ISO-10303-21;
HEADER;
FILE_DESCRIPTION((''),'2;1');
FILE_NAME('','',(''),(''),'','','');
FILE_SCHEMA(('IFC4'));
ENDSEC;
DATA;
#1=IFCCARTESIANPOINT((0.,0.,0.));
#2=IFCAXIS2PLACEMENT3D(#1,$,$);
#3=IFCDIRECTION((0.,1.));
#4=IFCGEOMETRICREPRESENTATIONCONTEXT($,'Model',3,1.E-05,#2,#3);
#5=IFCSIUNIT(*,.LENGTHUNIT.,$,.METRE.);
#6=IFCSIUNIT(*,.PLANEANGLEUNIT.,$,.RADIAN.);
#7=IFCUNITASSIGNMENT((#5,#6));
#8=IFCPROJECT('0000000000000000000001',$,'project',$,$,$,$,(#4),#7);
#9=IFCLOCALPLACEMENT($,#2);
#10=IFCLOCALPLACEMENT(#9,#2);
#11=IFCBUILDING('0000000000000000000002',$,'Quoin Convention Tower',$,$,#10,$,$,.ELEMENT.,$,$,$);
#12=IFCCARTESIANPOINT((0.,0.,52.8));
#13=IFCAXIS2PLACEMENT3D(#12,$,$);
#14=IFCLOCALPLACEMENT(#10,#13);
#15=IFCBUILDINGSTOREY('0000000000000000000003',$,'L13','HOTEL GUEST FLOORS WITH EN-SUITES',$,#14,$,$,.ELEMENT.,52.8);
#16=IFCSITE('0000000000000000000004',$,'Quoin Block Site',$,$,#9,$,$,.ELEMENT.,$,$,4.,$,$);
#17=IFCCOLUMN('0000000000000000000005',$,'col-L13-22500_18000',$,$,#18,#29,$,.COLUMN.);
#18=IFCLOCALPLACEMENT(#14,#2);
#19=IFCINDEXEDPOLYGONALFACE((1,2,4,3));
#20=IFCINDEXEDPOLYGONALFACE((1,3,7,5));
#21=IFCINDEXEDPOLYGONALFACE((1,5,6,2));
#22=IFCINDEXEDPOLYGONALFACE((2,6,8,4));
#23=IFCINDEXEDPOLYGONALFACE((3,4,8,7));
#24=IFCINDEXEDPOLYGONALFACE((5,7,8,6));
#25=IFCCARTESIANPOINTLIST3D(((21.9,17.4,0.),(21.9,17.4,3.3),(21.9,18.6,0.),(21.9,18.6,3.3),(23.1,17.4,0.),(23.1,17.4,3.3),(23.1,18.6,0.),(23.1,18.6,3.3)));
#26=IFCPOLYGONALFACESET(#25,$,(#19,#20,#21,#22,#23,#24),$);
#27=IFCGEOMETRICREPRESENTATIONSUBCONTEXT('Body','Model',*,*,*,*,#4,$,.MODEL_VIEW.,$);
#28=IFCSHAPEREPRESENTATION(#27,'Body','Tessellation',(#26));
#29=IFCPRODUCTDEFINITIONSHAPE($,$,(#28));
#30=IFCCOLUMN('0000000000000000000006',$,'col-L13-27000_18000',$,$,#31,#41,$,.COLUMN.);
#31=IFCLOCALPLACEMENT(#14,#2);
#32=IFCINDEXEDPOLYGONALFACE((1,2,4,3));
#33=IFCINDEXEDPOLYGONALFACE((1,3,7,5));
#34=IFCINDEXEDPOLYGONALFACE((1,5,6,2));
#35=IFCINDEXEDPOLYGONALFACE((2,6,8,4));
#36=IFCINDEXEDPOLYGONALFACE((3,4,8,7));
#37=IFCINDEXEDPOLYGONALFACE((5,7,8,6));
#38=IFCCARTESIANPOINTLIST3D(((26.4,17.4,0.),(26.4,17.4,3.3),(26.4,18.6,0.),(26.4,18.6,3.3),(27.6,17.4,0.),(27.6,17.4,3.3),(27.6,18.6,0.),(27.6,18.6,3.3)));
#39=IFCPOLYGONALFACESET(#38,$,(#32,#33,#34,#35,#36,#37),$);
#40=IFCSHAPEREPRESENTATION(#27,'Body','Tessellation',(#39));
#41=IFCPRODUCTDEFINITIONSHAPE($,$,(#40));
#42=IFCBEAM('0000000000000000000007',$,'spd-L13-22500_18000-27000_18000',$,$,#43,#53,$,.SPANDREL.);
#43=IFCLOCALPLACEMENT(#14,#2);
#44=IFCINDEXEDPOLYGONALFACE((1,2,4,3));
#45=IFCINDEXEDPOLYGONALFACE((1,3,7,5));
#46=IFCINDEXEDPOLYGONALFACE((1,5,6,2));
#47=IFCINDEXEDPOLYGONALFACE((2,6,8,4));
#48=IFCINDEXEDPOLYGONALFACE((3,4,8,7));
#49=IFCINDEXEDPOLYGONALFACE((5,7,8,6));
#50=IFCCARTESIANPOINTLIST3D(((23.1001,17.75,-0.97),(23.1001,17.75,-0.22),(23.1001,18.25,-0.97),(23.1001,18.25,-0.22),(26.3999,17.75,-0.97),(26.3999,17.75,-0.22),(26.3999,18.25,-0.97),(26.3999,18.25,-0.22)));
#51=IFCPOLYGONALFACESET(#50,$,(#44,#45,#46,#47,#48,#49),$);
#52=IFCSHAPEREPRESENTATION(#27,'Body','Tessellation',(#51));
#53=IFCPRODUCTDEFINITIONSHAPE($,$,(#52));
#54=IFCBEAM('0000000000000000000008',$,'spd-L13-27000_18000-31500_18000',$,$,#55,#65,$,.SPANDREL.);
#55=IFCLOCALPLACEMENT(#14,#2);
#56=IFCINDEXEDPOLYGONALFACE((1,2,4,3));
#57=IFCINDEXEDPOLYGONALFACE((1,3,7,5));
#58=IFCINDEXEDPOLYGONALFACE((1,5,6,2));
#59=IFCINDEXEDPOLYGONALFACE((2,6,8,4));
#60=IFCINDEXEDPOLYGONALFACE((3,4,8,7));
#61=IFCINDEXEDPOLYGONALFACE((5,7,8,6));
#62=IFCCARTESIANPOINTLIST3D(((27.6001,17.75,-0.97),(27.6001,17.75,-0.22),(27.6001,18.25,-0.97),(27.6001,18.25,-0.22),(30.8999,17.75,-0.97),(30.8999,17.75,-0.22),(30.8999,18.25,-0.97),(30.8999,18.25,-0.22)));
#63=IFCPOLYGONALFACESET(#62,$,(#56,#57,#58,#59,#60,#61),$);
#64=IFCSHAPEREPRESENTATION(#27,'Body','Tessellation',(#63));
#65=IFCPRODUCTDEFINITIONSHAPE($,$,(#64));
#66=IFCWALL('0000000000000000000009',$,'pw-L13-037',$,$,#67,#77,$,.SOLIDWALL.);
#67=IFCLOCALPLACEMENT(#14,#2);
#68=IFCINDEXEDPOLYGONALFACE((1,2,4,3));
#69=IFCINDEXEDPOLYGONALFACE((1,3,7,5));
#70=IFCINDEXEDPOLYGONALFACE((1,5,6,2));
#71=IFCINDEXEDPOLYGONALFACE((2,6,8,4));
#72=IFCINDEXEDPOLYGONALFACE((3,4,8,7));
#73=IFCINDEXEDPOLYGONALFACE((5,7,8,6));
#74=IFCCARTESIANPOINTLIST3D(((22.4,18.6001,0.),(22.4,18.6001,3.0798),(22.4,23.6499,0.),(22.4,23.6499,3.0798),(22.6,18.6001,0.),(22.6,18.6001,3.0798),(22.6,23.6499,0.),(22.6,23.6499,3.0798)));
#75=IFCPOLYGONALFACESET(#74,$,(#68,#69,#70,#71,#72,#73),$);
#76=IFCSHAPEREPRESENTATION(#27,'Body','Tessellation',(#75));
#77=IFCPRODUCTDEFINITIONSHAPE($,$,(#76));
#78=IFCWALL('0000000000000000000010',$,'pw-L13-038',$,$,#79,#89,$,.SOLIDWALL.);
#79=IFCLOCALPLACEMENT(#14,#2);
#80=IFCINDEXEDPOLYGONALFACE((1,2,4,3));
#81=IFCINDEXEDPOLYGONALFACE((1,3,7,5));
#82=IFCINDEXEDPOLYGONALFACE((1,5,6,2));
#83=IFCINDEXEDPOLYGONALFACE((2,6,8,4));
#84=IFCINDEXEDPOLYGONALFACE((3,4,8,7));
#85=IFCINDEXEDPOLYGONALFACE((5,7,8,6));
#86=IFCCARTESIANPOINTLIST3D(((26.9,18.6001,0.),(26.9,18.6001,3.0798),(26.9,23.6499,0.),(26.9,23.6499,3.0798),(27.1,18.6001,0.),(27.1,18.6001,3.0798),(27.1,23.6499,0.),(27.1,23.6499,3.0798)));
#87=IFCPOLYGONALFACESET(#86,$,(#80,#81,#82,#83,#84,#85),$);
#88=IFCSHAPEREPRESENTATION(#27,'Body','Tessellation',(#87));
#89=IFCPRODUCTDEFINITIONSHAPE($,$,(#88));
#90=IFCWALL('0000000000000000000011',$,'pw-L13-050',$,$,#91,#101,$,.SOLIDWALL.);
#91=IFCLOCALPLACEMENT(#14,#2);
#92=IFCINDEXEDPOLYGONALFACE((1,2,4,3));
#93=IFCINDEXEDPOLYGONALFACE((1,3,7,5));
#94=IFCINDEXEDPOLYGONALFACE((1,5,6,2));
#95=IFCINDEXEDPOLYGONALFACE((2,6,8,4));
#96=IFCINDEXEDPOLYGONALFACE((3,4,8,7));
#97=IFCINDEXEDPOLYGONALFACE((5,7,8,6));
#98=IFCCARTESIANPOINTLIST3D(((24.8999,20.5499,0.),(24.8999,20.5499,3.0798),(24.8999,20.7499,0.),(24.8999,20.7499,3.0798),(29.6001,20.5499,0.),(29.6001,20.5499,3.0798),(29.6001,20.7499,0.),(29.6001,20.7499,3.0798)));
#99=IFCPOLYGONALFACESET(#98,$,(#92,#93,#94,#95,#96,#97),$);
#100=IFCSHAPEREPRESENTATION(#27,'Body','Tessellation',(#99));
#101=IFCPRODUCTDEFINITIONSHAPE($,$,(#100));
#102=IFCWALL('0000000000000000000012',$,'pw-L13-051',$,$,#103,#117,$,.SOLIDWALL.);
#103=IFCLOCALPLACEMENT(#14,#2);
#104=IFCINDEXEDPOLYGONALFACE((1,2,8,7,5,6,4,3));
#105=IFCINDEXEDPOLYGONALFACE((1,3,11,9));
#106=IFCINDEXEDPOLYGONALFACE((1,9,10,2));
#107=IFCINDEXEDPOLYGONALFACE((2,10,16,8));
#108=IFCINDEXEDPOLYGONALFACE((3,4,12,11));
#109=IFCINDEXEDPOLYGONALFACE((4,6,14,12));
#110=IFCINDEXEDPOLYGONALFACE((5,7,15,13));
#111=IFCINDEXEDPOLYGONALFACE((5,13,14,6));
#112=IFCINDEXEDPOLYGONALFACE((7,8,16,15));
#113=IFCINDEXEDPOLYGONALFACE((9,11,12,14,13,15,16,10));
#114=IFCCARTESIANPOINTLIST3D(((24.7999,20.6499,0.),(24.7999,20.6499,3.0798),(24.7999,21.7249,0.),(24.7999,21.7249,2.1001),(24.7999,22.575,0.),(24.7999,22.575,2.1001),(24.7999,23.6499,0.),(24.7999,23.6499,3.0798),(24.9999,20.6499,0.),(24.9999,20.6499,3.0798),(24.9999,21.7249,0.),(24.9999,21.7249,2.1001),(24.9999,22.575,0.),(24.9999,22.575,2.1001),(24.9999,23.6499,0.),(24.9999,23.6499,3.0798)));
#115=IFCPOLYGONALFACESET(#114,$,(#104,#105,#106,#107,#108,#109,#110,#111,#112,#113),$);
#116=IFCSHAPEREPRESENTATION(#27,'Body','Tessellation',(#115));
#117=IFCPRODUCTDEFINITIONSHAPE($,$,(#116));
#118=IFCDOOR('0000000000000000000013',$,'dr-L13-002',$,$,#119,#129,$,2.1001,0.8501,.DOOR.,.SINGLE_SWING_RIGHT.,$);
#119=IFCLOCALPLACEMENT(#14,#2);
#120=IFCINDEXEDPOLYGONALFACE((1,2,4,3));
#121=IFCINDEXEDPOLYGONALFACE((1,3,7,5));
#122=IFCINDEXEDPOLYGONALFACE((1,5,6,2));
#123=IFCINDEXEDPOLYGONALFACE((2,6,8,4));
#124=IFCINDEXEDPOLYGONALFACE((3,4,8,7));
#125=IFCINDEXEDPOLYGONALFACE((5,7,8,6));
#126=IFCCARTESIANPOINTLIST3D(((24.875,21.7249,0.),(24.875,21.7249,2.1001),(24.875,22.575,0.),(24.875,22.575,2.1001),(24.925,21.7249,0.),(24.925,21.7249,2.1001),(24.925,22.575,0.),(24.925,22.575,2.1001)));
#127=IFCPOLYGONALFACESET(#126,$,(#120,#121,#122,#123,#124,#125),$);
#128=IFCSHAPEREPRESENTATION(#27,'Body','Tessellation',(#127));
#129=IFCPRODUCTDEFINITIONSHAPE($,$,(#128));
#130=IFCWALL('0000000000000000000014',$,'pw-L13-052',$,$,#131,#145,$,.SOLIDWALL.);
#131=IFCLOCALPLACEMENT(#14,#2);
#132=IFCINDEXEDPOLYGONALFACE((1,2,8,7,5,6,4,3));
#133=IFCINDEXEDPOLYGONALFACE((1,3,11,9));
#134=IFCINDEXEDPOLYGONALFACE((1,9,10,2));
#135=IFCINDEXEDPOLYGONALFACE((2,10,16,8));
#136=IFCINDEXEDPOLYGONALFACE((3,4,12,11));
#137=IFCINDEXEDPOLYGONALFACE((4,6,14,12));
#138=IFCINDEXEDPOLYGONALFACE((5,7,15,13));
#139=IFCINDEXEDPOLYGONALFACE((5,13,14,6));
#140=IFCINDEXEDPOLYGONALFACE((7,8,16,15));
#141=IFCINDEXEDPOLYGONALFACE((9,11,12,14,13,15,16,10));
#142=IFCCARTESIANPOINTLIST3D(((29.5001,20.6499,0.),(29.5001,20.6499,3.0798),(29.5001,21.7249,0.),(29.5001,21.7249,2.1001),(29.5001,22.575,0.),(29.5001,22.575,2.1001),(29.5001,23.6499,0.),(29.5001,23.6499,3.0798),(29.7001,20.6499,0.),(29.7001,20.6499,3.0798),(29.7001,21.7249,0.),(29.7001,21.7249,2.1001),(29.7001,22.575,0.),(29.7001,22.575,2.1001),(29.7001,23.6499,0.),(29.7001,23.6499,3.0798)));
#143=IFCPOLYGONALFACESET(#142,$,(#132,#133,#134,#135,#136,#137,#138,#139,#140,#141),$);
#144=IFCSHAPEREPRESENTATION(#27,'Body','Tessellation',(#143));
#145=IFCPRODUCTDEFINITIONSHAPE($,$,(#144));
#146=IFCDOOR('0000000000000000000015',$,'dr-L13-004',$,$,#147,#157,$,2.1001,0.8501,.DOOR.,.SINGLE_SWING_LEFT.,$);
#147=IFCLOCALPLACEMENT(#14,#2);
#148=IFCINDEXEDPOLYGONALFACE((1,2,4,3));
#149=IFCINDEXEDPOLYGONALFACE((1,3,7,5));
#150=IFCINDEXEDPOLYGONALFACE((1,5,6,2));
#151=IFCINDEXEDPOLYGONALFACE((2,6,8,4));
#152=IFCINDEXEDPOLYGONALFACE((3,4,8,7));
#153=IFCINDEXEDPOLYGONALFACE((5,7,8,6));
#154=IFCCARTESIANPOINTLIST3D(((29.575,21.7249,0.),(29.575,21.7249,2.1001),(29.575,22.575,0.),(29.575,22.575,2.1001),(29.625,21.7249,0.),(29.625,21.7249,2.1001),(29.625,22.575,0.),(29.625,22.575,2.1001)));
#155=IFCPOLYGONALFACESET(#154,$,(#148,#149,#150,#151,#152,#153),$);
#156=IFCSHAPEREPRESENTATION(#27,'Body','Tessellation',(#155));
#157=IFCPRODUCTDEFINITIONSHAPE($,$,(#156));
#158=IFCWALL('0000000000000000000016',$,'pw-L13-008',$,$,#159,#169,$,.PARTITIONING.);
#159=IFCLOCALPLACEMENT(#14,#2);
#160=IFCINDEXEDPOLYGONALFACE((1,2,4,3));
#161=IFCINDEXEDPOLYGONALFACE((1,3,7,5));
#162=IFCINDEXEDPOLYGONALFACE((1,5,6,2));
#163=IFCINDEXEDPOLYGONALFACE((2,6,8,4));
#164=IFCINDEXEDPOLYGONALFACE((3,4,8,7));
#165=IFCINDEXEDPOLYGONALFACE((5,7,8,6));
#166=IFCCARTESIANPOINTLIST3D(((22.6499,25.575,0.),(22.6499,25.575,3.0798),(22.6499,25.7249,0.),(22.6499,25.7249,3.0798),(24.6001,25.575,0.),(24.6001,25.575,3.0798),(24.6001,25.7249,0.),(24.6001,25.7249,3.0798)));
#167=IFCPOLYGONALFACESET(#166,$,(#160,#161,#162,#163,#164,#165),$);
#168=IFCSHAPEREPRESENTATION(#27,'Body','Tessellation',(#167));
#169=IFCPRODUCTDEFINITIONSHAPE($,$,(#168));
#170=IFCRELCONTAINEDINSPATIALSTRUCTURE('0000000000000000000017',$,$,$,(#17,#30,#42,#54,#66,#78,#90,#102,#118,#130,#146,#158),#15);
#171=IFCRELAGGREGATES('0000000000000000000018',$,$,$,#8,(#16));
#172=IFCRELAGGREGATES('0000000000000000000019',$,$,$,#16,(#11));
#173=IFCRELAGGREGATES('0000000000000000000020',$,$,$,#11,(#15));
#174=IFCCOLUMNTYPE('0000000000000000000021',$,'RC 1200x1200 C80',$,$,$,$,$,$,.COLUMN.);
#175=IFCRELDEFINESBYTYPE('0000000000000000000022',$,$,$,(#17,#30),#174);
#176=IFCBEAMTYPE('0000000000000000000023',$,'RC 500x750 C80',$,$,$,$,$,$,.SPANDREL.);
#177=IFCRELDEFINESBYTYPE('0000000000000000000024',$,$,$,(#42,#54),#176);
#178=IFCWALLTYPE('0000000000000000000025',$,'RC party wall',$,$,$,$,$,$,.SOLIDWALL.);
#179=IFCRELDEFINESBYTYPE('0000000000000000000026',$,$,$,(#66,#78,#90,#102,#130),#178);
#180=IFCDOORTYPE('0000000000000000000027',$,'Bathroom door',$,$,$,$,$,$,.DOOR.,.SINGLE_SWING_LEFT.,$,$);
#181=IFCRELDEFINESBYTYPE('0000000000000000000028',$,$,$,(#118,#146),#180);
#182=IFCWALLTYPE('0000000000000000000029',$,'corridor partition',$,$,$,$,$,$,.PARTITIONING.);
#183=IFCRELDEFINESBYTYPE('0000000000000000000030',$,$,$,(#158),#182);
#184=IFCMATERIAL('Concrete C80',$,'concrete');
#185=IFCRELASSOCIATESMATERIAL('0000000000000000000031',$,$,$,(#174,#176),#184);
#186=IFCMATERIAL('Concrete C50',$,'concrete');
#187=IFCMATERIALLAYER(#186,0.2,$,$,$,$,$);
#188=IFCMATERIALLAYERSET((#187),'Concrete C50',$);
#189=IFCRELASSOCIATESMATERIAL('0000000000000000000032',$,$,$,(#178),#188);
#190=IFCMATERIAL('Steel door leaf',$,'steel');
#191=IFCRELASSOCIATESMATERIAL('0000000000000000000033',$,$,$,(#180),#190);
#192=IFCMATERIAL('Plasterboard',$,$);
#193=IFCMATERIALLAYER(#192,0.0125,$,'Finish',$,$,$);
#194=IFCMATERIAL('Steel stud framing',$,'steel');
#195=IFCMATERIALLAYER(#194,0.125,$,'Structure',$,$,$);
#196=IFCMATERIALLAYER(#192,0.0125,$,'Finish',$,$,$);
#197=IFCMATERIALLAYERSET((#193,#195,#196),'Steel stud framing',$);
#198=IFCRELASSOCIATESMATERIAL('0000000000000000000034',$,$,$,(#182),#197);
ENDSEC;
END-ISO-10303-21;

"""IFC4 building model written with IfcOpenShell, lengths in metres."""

from ifc_helpers import new_model, si_unit, direction, frame, frame_2d, origin, origin_2d, place, context, subcontext, project, spatial, rectangle, extrude, material, layer, layer_set, material_profile, profile_set, type_object, element, fill, save


model = new_model("IFC4")

# Units and contexts
model_context = context("Model", 3, precision=1e-05, world=origin(), true_north=direction((0.0, 1.0)))
body_context = subcontext(model_context, "Body", "Model", "MODEL_VIEW")
ifc_project = project(units=[si_unit("LENGTHUNIT", "METRE"), si_unit("PLANEANGLEUNIT", "RADIAN")], contexts=[model_context])

# Site, building, storey
site_placement = place(None, origin())
site = spatial("IfcSite", under=ifc_project, at=site_placement, Name="Quoin Block Site", CompositionType="ELEMENT", RefElevation=4.0)
building_placement = place(site_placement, origin())
building = spatial("IfcBuilding", under=site, at=building_placement, Name="Quoin Convention Tower", CompositionType="ELEMENT")
storey_placement = place(building_placement, frame((0.0, 0.0, 52.8)))
storey = spatial("IfcBuildingStorey", under=building, at=storey_placement, Name="L13", Description="HOTEL GUEST FLOORS WITH EN-SUITES", CompositionType="ELEMENT", Elevation=52.8)

# Columns
ifc_material_1 = material(Name="Concrete C80", Category="concrete")
ifc_material_profile_1 = material_profile(ifc_material_1, rectangle(XDim=1.2, YDim=1.2, at=origin_2d()), Name="RC 1200x1200")
ifc_profile_set_1 = profile_set([ifc_material_profile_1], Name="Concrete C80")
column_type = type_object("IfcColumnType", Name="RC 1200x1200 C80", PredefinedType="COLUMN", material=ifc_profile_set_1)
for number, where, z_axis, x_axis, name in (
    (1, (22.5, 18.0, 0.0), (0.0, 0.0, 1.0), (1.0, 0.0, 0.0), "col-L13-22500_18000"),
    (2, (27.0, 18.0, 0.0), (0.0, 0.0, 1.0), (1.0, 0.0, 0.0), "col-L13-27000_18000"),
):
    element("IfcColumn", number, at=place(storey_placement, frame(where, z_axis=z_axis, x_axis=x_axis)), inside=storey, type_object=column_type, Name=name, PredefinedType="COLUMN", context=body_context, shape_type="SweptSolid", body=[
        extrude(rectangle(XDim=1.2, YDim=1.2, at=origin_2d()), origin(), (0.0, 0.0, 1.0), 3.3),
    ])

# Beams
ifc_material_profile_2 = material_profile(ifc_material_1, rectangle(XDim=0.5, YDim=0.75, at=origin_2d()), Name="RC 500x750")
ifc_profile_set_2 = profile_set([ifc_material_profile_2], Name="Concrete C80")
beam_type = type_object("IfcBeamType", Name="RC 500x750 C80", PredefinedType="SPANDREL", material=ifc_profile_set_2)
for number, where, z_axis, x_axis, name in (
    (3, (23.1001, 18.0, -0.595), (1.0, 0.0, 0.0), (0.0, 1.0, 0.0), "spd-L13-22500_18000-27000_18000"),
    (4, (27.6001, 18.0, -0.595), (1.0, 0.0, 0.0), (0.0, 1.0, 0.0), "spd-L13-27000_18000-31500_18000"),
):
    element("IfcBeam", number, at=place(storey_placement, frame(where, z_axis=z_axis, x_axis=x_axis)), inside=storey, type_object=beam_type, Name=name, PredefinedType="SPANDREL", context=body_context, shape_type="SweptSolid", body=[
        extrude(rectangle(XDim=0.5, YDim=0.75, at=origin_2d()), origin(), (0.0, 0.0, 1.0), 3.2998),
    ])

# Walls
ifc_material_2 = material(Name="Concrete C50", Category="concrete")
ifc_layer_1 = layer(ifc_material_2, 0.2)
ifc_layer_set_1 = layer_set([ifc_layer_1], Name="Concrete C50")
wall_type_1 = type_object("IfcWallType", Name="RC party wall", PredefinedType="SOLIDWALL", material=ifc_layer_set_1)
for number, where, z_axis, x_axis, name in (
    (5, (22.5, 18.6001, 0.0), (0.0, 0.0, 1.0), (0.0, 1.0, 0.0), "pw-L13-037"),
    (6, (27.0, 18.6001, 0.0), (0.0, 0.0, 1.0), (0.0, 1.0, 0.0), "pw-L13-038"),
):
    element("IfcWall", number, at=place(storey_placement, frame(where, z_axis=z_axis, x_axis=x_axis)), inside=storey, type_object=wall_type_1, Name=name, PredefinedType="SOLIDWALL", context=body_context, shape_type="SweptSolid", body=[
        extrude(rectangle(XDim=5.0498, YDim=0.2, at=frame_2d((2.5249, 0.0))), origin(), (0.0, 0.0, 1.0), 3.0798),
    ])
wall_1_placement = place(storey_placement, frame((24.8999, 20.6499, 0.0), z_axis=(0.0, 0.0, 1.0), x_axis=(1.0, 0.0, 0.0)))
element("IfcWall", 7, at=wall_1_placement, inside=storey, type_object=wall_type_1, Name="pw-L13-050", PredefinedType="SOLIDWALL", context=body_context, shape_type="SweptSolid", body=[
    extrude(rectangle(XDim=4.7002, YDim=0.2, at=frame_2d((2.3501, 0.0))), origin(), (0.0, 0.0, 1.0), 3.0798),
])

# Walls, openings, doors
wall_2_placement = place(storey_placement, frame((24.8999, 20.6499, 0.0), z_axis=(0.0, 0.0, 1.0), x_axis=(0.0, 1.0, 0.0)))
wall_2 = element("IfcWall", 8, at=wall_2_placement, inside=storey, type_object=wall_type_1, Name="pw-L13-051", PredefinedType="SOLIDWALL", context=body_context, shape_type="SweptSolid", body=[
    extrude(rectangle(XDim=3.0, YDim=0.2, at=frame_2d((1.5, 0.0))), origin(), (0.0, 0.0, 1.0), 3.0798),
])
opening_1_placement = place(wall_2_placement, frame((1.075, 0.0, 0.0)))
opening_1 = element("IfcOpeningElement", 9, at=opening_1_placement, cuts=wall_2, PredefinedType="OPENING", context=body_context, shape_type="SweptSolid", body=[
    extrude(rectangle(XDim=0.8501, YDim=2.1001, at=frame_2d((0.425, 1.05))), frame((0.0, 0.1099, 0.0), z_axis=(0.0, -1.0, 0.0), x_axis=(1.0, 0.0, 0.0)), (0.0, 0.0, 1.0), 0.22),
])
ifc_material_3 = material(Name="Steel door leaf", Category="steel")
door_type_1 = type_object("IfcDoorType", Name="Bathroom door", OperationType="SINGLE_SWING_LEFT", PredefinedType="DOOR", material=ifc_material_3)
door_1_placement = place(opening_1_placement, origin())
door_1 = element("IfcDoor", 10, at=door_1_placement, inside=storey, type_object=door_type_1, Name="dr-L13-002", OperationType="SINGLE_SWING_RIGHT", OverallHeight=2.1001, OverallWidth=0.8501, PredefinedType="DOOR", context=body_context, shape_type="SweptSolid", body=[
    extrude(rectangle(XDim=0.8501, YDim=2.1001, at=frame_2d((0.425, 1.05))), frame((0.0, 0.0249, 0.0), z_axis=(0.0, -1.0, 0.0), x_axis=(1.0, 0.0, 0.0)), (0.0, 0.0, 1.0), 0.05),
])
fill(opening_1, door_1)
wall_3_placement = place(storey_placement, frame((29.6001, 20.6499, 0.0), z_axis=(0.0, 0.0, 1.0), x_axis=(0.0, 1.0, 0.0)))
wall_3 = element("IfcWall", 11, at=wall_3_placement, inside=storey, type_object=wall_type_1, Name="pw-L13-052", PredefinedType="SOLIDWALL", context=body_context, shape_type="SweptSolid", body=[
    extrude(rectangle(XDim=3.0, YDim=0.2, at=frame_2d((1.5, 0.0))), origin(), (0.0, 0.0, 1.0), 3.0798),
])
opening_2_placement = place(wall_3_placement, frame((1.075, 0.0, 0.0)))
opening_2 = element("IfcOpeningElement", 12, at=opening_2_placement, cuts=wall_3, PredefinedType="OPENING", context=body_context, shape_type="SweptSolid", body=[
    extrude(rectangle(XDim=0.8501, YDim=2.1001, at=frame_2d((0.425, 1.05))), frame((0.0, 0.1099, 0.0), z_axis=(0.0, -1.0, 0.0), x_axis=(1.0, 0.0, 0.0)), (0.0, 0.0, 1.0), 0.22),
])
door_2_placement = place(opening_2_placement, frame((0.8501, 0.0, 0.0), z_axis=(0.0, 0.0, 1.0), x_axis=(-1.0, 0.0, 0.0)))
door_2 = element("IfcDoor", 13, at=door_2_placement, inside=storey, type_object=door_type_1, Name="dr-L13-004", OperationType="SINGLE_SWING_LEFT", OverallHeight=2.1001, OverallWidth=0.8501, PredefinedType="DOOR", context=body_context, shape_type="SweptSolid", body=[
    extrude(rectangle(XDim=0.8501, YDim=2.1001, at=frame_2d((0.425, 1.05))), frame((0.0, 0.0249, 0.0), z_axis=(0.0, -1.0, 0.0), x_axis=(1.0, 0.0, 0.0)), (0.0, 0.0, 1.0), 0.05),
])
fill(opening_2, door_2)

# Wall
ifc_material_4 = material(Name="Plasterboard")
ifc_layer_2 = layer(ifc_material_4, 0.0125, Name="Finish")
ifc_material_5 = material(Name="Steel stud framing", Category="steel")
ifc_layer_3 = layer(ifc_material_5, 0.125, Name="Structure")
ifc_layer_4 = layer(ifc_material_4, 0.0125, Name="Finish")
ifc_layer_set_2 = layer_set([ifc_layer_2, ifc_layer_3, ifc_layer_4], Name="Steel stud framing")
wall_type_2 = type_object("IfcWallType", Name="corridor partition", PredefinedType="PARTITIONING", material=ifc_layer_set_2)
wall_4_placement = place(storey_placement, frame((22.6499, 25.6499, 0.0), z_axis=(0.0, 0.0, 1.0), x_axis=(1.0, 0.0, 0.0)))
element("IfcWall", 14, at=wall_4_placement, inside=storey, type_object=wall_type_2, Name="pw-L13-008", PredefinedType="PARTITIONING", context=body_context, shape_type="SweptSolid", body=[
    extrude(rectangle(XDim=1.9502, YDim=0.1499, at=frame_2d((0.9751, 0.0))), origin(), (0.0, 0.0, 1.0), 3.0798),
])

save(model, "model.ifc")
